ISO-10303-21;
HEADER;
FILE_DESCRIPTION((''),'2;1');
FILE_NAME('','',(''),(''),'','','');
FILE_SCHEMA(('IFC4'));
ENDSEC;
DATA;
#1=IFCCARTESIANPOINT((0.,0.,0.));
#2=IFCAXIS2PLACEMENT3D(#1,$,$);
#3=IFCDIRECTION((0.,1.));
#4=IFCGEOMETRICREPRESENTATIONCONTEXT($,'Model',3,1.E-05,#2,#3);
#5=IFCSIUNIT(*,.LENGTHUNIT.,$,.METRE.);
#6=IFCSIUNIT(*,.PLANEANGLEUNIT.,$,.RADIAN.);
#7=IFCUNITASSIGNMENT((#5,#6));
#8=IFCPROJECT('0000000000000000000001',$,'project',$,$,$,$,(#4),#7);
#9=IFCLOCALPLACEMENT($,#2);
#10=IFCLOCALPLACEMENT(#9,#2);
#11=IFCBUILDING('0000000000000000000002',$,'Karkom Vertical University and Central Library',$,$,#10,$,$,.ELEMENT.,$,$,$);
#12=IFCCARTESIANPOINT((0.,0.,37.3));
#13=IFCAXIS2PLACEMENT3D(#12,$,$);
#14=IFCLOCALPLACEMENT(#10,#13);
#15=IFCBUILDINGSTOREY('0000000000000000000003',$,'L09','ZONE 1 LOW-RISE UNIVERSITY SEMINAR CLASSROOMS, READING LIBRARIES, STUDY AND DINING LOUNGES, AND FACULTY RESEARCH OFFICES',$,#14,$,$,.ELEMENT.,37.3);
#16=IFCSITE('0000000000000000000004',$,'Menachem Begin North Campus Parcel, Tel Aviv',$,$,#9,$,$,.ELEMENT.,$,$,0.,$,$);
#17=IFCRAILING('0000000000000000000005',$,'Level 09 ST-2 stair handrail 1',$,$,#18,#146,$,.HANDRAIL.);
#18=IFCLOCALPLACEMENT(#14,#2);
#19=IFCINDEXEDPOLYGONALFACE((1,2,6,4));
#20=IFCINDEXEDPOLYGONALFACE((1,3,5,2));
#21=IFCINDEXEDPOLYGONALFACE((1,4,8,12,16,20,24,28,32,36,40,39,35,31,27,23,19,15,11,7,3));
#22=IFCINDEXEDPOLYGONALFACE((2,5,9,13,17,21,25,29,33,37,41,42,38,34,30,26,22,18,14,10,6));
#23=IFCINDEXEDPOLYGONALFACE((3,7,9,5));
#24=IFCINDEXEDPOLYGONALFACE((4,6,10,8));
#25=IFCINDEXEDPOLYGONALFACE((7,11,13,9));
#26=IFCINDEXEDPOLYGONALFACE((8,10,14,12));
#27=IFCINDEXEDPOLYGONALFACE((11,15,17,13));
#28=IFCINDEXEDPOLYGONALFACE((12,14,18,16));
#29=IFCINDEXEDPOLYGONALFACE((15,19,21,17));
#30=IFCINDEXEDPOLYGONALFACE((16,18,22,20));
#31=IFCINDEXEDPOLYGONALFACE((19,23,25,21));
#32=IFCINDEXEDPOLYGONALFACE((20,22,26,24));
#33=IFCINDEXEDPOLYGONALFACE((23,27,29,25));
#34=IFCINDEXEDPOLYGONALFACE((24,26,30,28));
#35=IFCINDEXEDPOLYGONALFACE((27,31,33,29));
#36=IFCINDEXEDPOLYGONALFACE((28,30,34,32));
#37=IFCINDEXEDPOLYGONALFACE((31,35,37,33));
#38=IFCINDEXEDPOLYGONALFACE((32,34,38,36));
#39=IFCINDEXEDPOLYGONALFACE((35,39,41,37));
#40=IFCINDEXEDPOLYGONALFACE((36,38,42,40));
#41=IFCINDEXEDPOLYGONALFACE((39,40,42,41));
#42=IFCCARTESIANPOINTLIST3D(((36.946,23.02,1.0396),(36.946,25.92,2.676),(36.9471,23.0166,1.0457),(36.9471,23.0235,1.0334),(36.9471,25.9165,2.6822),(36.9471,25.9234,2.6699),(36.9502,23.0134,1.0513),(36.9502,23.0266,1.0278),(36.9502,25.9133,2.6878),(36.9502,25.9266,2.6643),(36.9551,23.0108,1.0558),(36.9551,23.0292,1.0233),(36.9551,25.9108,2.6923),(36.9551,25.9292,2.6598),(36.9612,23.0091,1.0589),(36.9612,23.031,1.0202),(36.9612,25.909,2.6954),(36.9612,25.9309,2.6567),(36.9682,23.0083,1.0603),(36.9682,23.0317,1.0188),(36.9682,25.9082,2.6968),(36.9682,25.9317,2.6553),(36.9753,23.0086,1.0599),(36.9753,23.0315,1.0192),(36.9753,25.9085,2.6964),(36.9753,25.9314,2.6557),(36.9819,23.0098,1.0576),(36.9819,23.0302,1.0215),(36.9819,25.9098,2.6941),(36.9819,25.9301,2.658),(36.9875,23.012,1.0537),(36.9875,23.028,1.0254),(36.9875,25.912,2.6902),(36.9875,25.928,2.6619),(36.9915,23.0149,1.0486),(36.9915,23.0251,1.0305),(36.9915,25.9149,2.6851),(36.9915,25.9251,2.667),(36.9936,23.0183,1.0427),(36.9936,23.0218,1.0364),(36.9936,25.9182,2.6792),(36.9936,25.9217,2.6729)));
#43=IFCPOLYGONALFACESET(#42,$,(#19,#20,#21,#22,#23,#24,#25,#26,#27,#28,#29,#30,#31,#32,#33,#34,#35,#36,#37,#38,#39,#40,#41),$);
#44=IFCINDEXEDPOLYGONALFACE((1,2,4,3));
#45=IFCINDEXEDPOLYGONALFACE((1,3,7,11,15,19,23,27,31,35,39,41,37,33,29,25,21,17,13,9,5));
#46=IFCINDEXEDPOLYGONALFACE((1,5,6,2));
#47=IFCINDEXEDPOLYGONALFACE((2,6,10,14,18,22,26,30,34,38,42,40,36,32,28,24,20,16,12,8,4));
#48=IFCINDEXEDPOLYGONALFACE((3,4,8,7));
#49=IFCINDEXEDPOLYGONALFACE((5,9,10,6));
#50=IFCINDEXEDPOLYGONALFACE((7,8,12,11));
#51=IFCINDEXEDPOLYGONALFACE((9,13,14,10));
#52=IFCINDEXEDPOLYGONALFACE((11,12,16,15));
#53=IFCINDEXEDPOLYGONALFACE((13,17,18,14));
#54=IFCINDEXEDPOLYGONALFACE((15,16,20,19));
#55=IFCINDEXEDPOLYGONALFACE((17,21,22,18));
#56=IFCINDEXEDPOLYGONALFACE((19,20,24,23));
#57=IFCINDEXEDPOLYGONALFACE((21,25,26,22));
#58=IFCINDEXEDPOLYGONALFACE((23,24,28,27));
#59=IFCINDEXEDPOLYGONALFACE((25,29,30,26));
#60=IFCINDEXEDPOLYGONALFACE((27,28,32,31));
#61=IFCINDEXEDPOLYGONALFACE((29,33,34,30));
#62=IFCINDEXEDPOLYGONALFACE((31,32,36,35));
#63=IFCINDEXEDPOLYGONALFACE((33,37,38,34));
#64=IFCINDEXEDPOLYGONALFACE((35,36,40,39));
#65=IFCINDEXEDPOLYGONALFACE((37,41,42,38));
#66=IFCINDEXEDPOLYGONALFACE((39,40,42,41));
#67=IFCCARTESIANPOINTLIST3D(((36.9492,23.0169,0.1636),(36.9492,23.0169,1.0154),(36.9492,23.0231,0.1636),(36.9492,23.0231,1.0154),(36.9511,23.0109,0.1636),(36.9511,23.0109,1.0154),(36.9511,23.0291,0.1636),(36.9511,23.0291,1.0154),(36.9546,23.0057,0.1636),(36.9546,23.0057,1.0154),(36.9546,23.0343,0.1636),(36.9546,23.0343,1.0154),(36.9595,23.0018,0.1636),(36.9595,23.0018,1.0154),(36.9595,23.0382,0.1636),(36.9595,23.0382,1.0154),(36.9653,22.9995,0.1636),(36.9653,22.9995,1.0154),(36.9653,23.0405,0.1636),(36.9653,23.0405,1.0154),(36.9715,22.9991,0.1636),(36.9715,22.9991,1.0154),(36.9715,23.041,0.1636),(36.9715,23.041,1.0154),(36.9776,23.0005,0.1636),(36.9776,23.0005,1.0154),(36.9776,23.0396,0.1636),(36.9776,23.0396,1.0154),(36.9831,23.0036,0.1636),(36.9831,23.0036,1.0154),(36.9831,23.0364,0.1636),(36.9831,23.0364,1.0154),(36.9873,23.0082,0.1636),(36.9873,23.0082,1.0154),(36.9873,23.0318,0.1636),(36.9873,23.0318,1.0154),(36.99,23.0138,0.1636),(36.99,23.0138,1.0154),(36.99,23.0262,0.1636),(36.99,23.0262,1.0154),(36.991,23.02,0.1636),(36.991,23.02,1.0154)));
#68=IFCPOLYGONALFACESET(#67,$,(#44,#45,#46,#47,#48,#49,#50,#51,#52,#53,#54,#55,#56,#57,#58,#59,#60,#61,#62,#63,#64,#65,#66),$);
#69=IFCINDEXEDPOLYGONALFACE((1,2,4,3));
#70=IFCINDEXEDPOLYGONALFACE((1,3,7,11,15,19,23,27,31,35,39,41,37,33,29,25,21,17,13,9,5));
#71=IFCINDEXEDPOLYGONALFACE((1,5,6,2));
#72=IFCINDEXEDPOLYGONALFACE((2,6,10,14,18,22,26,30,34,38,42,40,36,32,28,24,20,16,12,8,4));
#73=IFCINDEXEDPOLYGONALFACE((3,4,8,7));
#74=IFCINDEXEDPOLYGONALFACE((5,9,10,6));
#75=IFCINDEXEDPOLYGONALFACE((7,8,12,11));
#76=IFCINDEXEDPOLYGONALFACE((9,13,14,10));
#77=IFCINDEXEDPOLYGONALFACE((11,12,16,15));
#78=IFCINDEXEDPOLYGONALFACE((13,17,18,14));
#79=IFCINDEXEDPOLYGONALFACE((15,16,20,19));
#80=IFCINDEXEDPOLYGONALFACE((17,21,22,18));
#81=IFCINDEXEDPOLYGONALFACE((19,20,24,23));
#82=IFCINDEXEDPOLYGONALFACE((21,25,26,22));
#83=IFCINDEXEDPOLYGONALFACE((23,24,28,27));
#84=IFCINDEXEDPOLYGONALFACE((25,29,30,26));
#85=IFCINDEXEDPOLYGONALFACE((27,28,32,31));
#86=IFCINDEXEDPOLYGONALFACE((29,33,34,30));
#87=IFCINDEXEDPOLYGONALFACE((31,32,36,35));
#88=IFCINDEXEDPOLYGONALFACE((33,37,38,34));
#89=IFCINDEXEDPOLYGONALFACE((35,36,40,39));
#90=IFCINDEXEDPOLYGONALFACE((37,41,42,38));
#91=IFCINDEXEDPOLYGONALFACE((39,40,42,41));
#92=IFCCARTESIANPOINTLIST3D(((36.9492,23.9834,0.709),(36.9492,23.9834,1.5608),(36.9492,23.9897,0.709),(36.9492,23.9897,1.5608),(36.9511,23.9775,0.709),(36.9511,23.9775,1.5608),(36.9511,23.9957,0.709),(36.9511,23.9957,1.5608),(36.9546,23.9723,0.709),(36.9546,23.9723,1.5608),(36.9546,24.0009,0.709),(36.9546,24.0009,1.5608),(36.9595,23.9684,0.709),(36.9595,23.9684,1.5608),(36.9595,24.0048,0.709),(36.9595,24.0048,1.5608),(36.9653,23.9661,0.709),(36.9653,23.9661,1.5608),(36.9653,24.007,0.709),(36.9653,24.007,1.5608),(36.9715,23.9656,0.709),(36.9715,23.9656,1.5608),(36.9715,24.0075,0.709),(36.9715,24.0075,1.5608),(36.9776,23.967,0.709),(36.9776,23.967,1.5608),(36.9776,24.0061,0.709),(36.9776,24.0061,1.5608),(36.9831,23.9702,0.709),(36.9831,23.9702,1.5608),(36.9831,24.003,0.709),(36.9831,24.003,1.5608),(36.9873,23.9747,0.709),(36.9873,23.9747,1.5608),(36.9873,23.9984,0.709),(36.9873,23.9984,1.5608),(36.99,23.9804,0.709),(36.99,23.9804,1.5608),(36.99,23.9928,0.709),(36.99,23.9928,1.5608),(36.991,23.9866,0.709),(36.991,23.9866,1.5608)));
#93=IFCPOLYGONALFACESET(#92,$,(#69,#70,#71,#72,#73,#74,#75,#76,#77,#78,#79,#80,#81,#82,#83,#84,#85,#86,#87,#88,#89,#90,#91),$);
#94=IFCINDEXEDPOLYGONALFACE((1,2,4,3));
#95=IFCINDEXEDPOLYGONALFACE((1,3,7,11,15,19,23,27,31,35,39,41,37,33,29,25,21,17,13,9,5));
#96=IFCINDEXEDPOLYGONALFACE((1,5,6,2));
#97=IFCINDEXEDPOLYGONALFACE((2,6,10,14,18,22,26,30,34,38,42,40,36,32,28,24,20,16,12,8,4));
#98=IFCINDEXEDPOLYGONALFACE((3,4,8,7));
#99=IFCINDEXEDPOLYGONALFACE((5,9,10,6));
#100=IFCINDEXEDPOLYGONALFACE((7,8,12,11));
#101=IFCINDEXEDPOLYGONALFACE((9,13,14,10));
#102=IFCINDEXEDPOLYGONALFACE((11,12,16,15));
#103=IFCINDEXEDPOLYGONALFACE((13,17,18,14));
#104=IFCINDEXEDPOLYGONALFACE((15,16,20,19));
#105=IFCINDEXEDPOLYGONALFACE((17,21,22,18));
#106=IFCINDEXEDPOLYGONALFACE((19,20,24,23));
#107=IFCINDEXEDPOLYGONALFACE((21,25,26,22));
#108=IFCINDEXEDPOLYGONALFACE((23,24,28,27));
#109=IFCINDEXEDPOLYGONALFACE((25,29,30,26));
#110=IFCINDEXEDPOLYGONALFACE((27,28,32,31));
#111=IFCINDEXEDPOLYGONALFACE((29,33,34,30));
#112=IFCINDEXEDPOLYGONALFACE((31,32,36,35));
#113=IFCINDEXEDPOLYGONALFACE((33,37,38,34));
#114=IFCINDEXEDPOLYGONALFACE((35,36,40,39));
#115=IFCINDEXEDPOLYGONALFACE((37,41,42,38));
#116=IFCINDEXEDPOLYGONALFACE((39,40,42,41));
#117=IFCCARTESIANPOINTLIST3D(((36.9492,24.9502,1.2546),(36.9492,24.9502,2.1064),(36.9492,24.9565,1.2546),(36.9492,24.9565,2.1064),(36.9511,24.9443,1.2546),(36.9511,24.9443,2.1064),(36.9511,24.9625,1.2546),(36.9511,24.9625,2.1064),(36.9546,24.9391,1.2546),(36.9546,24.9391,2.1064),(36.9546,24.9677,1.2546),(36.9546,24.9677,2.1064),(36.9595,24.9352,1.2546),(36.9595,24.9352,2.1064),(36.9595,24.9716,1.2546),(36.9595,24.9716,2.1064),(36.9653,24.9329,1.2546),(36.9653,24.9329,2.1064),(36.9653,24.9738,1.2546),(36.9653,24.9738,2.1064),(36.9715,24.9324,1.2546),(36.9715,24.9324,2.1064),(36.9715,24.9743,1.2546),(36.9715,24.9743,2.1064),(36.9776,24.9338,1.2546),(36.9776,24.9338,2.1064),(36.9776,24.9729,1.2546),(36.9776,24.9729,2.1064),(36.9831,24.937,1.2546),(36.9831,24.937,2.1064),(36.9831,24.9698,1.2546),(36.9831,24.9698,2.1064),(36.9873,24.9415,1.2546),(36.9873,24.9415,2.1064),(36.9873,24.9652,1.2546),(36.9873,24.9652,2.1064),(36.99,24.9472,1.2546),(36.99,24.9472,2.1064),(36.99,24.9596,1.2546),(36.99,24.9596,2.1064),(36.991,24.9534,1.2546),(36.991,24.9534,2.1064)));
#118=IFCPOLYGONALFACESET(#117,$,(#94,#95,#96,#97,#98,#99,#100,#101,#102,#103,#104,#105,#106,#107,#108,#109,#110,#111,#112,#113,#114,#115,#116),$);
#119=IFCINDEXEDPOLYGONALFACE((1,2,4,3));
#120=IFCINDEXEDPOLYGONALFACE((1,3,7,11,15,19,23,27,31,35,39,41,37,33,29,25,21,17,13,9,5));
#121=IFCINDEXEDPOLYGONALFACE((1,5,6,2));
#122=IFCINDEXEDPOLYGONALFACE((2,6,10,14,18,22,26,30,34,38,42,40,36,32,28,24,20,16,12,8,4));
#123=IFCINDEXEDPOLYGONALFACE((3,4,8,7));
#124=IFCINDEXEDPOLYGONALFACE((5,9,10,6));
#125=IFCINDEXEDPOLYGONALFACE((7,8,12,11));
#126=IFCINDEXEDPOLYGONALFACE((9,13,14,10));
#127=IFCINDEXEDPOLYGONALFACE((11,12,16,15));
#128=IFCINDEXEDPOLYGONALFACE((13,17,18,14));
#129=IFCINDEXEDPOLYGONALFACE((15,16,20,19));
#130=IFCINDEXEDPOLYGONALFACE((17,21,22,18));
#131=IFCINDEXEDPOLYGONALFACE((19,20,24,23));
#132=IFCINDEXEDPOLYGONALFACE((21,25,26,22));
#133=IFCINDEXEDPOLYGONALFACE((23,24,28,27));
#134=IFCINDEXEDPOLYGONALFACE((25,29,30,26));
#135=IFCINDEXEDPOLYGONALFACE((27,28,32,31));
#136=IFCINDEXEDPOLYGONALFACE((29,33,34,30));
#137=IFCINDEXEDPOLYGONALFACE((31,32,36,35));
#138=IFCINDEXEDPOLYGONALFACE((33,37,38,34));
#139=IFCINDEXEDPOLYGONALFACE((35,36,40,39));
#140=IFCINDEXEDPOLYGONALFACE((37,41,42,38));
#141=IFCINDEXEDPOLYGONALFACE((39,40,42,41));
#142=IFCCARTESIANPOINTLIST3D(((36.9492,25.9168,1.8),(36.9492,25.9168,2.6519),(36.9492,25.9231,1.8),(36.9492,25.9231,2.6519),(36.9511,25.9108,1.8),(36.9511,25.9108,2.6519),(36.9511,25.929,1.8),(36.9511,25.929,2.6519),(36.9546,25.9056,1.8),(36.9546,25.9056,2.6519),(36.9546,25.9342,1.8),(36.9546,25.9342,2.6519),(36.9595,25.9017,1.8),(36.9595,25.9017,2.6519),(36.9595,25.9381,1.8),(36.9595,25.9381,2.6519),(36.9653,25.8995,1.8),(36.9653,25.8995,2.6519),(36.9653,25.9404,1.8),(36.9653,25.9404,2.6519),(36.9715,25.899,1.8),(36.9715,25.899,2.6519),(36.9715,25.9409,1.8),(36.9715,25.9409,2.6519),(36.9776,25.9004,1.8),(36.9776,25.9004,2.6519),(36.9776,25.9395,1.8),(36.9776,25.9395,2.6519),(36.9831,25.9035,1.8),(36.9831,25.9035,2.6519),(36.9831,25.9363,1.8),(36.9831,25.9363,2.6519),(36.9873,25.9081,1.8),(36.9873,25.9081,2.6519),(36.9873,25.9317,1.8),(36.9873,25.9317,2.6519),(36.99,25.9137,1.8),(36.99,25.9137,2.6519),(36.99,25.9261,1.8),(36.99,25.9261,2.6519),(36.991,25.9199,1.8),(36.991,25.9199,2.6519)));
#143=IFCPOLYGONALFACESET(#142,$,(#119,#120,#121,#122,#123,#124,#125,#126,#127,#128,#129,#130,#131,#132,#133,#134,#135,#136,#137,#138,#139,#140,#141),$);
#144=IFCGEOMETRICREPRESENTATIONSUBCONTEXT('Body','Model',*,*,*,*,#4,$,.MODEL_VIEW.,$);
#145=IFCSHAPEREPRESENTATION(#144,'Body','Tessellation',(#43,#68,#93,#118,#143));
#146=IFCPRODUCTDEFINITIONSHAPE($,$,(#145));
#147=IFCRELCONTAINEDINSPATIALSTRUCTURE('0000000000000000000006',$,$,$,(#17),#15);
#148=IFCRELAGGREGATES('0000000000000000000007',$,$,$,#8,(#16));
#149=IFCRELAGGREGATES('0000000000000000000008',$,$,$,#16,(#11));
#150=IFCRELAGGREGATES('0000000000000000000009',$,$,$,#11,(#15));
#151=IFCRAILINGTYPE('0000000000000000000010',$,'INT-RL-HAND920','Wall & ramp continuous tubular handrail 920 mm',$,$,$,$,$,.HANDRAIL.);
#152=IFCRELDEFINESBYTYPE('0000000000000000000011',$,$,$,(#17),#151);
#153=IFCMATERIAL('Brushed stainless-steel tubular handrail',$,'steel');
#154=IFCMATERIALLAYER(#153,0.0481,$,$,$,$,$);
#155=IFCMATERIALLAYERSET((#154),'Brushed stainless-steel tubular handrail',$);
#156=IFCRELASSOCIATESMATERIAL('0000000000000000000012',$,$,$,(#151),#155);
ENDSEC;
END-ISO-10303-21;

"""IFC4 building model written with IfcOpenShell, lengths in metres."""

from ifc_helpers import new_model, si_unit, direction, frame, origin, origin_2d, place, context, subcontext, project, spatial, circle, extrude, material, layer, layer_set, type_object, element, save


model = new_model("IFC4")

# Units and contexts
model_context = context("Model", 3, precision=1e-05, world=origin(), true_north=direction((0.0, 1.0)))
body_context = subcontext(model_context, "Body", "Model", "MODEL_VIEW")
ifc_project = project(units=[si_unit("LENGTHUNIT", "METRE"), si_unit("PLANEANGLEUNIT", "RADIAN")], contexts=[model_context])

# Site, building, storey
site_placement = place(None, origin())
site = spatial("IfcSite", under=ifc_project, at=site_placement, Name="Menachem Begin North Campus Parcel, Tel Aviv", CompositionType="ELEMENT", RefElevation=0.0)
building_placement = place(site_placement, origin())
building = spatial("IfcBuilding", under=site, at=building_placement, Name="Karkom Vertical University and Central Library", CompositionType="ELEMENT")
storey_placement = place(building_placement, frame((0.0, 0.0, 37.3)))
storey = spatial("IfcBuildingStorey", under=building, at=storey_placement, Name="L09", Description="ZONE 1 LOW-RISE UNIVERSITY SEMINAR CLASSROOMS, READING LIBRARIES, STUDY AND DINING LOUNGES, AND FACULTY RESEARCH OFFICES", CompositionType="ELEMENT", Elevation=37.3)

# Railing
ifc_material_1 = material(Name="Brushed stainless-steel tubular handrail", Category="steel")
ifc_layer_1 = layer(ifc_material_1, 0.0481)
ifc_layer_set_1 = layer_set([ifc_layer_1], Name="Brushed stainless-steel tubular handrail")
railing_type_1 = type_object("IfcRailingType", Name="INT-RL-HAND920", Description="Wall & ramp continuous tubular handrail 920 mm", PredefinedType="HANDRAIL", material=ifc_layer_set_1)
railing_1_placement = place(storey_placement, frame((36.97, 23.02, 0.1636)))
element("IfcRailing", 1, at=railing_1_placement, inside=storey, type_object=railing_type_1, Name="Level 09 ST-2 stair handrail 1", PredefinedType="HANDRAIL", context=body_context, shape_type="SweptSolid", body=[
    extrude(circle(Radius=0.0239, at=origin_2d()), frame((0.0, 0.0, 0.876), z_axis=(0.0, 0.870897, 0.491465), x_axis=(-1.0, 0.0, 0.0)), (0.0, 0.0, 1.0), 3.3298),
    extrude(circle(Radius=0.021, at=origin_2d()), origin(), (0.0, 0.0, 1.0), 0.8518),
    extrude(circle(Radius=0.021, at=origin_2d()), frame((0.0, 0.9666, 0.5454)), (0.0, 0.0, 1.0), 0.8518),
    extrude(circle(Radius=0.021, at=origin_2d()), frame((0.0, 1.9333, 1.0911)), (0.0, 0.0, 1.0), 0.8518),
    extrude(circle(Radius=0.021, at=origin_2d()), frame((0.0, 2.8999, 1.6365)), (0.0, 0.0, 1.0), 0.8518),
])

save(model, "model.ifc")
